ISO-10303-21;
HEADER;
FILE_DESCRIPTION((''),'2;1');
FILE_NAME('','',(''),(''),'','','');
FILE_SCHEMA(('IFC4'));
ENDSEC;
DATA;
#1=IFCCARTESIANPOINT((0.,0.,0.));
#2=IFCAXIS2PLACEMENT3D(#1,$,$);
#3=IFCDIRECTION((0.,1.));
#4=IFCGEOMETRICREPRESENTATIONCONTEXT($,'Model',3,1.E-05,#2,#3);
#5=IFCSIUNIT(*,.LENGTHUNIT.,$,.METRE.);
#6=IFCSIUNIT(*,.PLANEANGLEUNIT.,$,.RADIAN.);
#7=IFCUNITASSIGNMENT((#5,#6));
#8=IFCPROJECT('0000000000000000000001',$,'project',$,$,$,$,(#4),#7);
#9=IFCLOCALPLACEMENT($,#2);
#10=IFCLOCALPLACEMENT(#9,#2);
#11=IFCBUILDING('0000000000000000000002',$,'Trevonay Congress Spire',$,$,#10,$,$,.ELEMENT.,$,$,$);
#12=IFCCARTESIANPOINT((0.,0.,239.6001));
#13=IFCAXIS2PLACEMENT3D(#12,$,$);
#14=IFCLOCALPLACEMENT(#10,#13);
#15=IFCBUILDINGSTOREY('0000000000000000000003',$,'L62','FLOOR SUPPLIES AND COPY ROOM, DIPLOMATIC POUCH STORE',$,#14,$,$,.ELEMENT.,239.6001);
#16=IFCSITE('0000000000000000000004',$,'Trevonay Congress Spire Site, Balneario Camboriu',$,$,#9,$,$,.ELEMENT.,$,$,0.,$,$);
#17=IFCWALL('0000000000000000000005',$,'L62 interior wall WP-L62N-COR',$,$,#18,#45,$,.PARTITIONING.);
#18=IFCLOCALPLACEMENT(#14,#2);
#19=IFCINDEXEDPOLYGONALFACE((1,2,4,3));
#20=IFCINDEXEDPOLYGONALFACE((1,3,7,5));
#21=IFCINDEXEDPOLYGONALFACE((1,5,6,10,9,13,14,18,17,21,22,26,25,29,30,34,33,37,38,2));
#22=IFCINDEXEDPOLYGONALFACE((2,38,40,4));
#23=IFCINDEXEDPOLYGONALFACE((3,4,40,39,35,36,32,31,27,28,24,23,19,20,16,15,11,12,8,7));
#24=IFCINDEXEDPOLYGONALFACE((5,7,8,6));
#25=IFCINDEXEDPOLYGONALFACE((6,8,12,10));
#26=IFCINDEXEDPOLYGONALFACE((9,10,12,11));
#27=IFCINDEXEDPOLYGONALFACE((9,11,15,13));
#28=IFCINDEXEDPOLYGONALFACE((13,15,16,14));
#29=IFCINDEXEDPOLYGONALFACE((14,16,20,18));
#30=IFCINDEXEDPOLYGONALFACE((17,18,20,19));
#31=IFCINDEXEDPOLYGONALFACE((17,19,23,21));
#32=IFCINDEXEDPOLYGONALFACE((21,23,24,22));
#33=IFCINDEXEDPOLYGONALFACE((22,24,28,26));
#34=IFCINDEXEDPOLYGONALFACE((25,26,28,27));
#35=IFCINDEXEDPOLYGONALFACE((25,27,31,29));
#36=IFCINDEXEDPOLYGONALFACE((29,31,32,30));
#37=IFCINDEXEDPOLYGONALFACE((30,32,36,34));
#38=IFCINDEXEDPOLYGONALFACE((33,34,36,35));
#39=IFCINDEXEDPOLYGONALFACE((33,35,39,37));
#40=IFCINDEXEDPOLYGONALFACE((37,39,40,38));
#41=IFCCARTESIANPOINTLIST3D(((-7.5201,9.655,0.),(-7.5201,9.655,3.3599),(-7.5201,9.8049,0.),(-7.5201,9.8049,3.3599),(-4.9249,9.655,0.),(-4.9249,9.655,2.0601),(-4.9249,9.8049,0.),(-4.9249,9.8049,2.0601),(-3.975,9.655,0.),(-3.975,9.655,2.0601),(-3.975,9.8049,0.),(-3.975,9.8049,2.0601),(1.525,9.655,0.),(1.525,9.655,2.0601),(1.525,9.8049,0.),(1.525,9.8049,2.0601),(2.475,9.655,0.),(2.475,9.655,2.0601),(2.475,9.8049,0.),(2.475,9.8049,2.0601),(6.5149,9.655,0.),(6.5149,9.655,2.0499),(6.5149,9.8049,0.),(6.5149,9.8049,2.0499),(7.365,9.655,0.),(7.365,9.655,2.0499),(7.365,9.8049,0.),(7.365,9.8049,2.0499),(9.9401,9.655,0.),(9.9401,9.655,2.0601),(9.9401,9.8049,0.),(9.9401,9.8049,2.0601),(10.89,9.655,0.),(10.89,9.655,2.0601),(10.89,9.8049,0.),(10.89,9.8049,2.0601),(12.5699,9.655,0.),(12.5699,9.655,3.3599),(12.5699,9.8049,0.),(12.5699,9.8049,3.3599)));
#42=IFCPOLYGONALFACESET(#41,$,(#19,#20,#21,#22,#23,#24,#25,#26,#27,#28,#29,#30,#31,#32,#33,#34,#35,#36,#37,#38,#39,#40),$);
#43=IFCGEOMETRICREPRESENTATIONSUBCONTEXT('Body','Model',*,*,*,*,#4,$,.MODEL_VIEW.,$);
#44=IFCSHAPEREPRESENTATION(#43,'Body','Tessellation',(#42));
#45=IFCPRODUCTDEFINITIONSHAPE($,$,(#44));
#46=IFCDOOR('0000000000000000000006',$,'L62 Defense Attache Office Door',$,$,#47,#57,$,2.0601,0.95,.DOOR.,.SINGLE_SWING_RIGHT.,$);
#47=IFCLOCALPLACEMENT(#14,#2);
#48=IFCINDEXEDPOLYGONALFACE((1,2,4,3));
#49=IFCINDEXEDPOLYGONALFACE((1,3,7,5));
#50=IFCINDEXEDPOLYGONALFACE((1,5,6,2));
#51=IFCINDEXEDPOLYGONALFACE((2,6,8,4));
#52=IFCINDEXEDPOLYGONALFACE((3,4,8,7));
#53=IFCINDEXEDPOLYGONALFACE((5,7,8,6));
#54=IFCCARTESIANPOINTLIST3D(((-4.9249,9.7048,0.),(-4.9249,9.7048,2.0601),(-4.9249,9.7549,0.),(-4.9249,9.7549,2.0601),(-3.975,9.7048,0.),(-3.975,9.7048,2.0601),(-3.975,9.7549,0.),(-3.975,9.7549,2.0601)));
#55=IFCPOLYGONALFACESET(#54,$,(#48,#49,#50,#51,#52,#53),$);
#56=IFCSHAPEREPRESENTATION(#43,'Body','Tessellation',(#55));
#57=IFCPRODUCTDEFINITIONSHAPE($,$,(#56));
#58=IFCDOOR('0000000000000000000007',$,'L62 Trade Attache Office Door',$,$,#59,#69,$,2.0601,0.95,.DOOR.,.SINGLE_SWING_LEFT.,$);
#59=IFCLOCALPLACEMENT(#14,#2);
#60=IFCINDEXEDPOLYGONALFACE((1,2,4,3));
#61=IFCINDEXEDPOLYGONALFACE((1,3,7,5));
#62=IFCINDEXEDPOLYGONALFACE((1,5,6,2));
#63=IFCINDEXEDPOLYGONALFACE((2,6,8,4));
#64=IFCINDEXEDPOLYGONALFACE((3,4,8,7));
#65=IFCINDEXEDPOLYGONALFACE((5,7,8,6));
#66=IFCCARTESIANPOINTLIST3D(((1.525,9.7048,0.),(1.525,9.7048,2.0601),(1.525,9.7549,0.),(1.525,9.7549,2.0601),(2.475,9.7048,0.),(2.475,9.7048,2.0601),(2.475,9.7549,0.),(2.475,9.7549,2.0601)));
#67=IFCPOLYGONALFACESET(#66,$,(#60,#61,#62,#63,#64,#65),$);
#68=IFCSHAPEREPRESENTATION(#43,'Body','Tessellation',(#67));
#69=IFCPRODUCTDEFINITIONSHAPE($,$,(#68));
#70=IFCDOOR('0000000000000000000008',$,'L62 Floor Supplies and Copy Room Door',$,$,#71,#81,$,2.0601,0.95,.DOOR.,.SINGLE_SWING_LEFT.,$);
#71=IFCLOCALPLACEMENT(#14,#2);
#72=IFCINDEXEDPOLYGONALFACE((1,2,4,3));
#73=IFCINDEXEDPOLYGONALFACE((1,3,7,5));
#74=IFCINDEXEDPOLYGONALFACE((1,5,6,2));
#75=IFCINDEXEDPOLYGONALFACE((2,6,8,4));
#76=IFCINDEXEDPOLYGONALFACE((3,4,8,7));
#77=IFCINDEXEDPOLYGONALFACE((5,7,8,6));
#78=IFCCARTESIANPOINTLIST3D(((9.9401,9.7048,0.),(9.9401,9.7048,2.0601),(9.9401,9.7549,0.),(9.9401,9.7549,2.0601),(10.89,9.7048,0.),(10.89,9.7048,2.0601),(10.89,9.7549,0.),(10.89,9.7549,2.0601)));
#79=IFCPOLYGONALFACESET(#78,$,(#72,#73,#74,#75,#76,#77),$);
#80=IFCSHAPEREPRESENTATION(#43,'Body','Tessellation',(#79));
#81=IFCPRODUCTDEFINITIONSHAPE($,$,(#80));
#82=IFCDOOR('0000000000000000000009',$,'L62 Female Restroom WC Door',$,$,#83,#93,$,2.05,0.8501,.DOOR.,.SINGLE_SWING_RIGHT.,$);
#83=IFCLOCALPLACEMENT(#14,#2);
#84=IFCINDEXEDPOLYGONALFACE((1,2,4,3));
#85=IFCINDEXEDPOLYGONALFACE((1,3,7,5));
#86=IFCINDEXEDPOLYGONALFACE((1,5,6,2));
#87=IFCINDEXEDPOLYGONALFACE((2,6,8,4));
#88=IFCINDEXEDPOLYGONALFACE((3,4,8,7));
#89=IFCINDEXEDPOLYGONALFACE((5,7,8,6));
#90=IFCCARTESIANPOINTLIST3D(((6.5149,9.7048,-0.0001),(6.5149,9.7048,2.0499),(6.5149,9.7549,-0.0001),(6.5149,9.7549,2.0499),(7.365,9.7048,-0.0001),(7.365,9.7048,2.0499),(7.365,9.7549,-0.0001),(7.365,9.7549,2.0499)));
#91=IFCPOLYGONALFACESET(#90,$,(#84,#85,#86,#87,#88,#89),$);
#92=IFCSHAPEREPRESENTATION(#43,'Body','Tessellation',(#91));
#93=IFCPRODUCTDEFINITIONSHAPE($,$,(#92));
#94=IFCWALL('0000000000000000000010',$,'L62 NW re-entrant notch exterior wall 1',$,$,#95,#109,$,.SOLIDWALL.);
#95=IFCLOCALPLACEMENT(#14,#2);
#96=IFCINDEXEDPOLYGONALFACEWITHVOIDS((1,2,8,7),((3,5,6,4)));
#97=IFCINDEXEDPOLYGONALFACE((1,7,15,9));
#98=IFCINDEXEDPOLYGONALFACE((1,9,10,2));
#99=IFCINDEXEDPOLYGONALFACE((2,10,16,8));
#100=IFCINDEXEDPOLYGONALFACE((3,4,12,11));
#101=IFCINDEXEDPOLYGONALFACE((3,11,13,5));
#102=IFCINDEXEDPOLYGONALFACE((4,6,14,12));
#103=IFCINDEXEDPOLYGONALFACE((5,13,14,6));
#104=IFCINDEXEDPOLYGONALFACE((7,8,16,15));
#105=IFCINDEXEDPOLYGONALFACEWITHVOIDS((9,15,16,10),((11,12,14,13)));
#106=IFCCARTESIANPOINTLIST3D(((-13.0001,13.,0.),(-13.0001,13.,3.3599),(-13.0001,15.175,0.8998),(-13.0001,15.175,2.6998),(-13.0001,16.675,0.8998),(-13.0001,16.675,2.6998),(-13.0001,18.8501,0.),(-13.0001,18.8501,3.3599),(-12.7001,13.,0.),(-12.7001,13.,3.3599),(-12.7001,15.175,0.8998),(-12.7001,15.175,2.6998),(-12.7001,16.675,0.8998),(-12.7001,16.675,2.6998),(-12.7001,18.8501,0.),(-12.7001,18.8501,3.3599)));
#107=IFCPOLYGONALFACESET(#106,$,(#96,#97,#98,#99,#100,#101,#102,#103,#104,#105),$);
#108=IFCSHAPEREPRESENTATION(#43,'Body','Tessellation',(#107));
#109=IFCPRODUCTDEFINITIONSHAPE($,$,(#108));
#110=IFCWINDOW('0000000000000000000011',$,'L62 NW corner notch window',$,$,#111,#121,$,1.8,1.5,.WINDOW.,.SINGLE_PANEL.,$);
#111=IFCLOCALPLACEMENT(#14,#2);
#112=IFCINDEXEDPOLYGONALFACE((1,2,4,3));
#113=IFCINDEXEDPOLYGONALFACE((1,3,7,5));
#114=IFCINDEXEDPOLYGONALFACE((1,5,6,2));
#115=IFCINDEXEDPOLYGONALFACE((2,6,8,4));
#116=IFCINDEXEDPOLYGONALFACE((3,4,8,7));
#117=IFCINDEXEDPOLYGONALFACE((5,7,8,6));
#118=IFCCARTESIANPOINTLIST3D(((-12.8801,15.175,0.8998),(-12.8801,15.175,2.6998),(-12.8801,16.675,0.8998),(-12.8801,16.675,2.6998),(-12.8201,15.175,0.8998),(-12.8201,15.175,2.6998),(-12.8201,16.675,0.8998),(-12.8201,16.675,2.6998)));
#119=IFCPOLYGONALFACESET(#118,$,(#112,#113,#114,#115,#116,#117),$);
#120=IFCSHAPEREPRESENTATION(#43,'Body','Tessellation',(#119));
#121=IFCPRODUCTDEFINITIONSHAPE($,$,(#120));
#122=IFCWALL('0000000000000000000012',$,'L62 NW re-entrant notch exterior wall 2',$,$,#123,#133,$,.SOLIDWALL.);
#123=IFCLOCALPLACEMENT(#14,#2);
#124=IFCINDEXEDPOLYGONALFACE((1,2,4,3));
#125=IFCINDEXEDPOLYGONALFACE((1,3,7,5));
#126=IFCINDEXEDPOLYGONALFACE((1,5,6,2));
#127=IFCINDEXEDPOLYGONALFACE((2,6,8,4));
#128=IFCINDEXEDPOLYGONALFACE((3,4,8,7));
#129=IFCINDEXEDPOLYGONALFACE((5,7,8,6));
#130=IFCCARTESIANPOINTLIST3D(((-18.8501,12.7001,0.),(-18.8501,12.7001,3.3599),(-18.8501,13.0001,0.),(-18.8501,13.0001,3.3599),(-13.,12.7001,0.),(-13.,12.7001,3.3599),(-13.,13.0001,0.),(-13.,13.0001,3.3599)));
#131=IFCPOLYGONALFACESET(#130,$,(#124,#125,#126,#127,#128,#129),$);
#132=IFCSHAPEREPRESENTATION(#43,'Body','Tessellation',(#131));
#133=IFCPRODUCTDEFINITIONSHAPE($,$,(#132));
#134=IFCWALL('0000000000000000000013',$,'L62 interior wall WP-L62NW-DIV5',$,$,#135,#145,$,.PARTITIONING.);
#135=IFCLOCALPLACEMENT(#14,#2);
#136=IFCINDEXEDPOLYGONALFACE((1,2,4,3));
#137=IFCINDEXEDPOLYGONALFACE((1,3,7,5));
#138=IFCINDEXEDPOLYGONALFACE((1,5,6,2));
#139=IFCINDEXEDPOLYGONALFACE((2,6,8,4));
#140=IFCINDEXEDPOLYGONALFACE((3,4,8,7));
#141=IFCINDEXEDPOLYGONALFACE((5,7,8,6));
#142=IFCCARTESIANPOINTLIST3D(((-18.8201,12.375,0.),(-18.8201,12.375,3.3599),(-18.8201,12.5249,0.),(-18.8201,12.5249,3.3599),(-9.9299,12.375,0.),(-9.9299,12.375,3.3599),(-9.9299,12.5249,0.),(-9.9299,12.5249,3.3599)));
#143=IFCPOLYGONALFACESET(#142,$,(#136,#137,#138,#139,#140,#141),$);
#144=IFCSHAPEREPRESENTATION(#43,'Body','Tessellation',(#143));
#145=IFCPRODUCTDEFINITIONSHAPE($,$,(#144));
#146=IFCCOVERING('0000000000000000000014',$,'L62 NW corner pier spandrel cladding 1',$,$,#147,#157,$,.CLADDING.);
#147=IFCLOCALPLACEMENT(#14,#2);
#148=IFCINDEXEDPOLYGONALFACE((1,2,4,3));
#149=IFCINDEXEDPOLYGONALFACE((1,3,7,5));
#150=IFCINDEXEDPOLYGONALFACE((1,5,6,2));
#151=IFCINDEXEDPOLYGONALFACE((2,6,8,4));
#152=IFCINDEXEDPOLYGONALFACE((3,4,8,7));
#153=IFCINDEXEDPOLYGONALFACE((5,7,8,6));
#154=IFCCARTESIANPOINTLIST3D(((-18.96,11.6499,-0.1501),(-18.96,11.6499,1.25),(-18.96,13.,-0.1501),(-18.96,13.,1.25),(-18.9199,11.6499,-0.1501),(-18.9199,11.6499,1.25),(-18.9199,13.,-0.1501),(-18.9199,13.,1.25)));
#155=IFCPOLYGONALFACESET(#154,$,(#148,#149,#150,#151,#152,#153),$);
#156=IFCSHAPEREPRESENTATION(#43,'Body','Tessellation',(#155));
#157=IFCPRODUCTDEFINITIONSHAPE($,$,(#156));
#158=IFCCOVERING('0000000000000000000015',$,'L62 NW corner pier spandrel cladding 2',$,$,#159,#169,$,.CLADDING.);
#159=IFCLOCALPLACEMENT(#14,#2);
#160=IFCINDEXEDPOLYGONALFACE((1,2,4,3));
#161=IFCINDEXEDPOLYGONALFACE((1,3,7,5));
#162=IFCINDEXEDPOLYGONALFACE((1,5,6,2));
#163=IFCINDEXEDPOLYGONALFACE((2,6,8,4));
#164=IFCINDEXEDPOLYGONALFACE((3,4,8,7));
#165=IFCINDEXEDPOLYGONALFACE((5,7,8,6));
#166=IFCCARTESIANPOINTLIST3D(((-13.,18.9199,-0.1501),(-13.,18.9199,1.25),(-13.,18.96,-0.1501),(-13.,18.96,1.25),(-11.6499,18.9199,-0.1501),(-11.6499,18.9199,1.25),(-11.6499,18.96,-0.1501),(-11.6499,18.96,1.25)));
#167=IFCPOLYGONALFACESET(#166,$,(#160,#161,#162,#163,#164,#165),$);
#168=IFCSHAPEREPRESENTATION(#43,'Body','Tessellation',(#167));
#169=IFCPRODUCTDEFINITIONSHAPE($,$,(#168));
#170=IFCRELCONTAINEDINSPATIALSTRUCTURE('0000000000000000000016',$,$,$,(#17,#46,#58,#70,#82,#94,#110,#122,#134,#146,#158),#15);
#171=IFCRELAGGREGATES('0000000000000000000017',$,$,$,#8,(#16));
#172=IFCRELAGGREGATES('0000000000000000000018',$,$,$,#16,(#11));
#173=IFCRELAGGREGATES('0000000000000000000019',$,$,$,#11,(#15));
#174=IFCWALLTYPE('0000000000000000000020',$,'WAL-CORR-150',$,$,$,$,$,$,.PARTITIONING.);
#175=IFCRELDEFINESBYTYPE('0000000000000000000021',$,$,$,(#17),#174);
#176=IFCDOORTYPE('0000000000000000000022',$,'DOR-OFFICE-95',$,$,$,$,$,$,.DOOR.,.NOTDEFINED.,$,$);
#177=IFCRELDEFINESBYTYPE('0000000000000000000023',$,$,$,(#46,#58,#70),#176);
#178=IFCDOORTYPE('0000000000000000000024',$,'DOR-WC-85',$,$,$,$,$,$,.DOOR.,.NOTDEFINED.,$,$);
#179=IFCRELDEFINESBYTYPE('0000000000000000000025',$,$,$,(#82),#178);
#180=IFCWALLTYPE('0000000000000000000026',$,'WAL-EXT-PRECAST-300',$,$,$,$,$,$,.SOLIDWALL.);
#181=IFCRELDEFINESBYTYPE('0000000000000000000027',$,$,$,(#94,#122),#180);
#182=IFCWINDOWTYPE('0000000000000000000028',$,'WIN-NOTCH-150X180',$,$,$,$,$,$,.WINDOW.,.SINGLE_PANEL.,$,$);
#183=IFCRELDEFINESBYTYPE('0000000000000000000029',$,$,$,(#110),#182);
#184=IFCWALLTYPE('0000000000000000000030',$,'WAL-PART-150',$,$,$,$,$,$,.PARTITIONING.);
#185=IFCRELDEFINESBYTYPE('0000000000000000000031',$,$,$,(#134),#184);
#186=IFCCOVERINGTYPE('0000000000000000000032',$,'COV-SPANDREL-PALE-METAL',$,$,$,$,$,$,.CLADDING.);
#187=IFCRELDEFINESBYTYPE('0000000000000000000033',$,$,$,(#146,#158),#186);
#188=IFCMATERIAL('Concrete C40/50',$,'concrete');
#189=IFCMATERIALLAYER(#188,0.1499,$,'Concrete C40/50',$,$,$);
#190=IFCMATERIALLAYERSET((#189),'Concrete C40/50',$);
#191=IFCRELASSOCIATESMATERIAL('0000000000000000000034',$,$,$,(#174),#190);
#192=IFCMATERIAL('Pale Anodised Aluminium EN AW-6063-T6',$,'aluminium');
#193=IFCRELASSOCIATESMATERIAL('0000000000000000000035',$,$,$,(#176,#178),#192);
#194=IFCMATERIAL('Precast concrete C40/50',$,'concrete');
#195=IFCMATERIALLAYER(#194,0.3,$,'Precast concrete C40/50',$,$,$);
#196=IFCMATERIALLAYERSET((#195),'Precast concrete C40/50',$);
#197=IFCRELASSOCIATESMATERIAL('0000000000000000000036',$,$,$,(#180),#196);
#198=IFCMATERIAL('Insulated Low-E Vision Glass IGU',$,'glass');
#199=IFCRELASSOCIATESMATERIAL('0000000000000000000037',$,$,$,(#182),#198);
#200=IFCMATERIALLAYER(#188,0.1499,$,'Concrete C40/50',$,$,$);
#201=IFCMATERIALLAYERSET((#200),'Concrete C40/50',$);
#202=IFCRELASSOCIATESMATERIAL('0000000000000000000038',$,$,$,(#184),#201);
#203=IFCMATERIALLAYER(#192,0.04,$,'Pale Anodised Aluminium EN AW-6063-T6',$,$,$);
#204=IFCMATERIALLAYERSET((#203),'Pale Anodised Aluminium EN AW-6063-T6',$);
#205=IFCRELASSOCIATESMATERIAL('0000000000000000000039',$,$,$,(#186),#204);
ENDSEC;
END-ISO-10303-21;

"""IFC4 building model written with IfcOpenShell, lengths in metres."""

from ifc_helpers import new_model, si_unit, direction, frame, frame_2d, origin, place, context, subcontext, project, spatial, rectangle, extrude, material, layer, layer_set, type_object, element, fill, save


model = new_model("IFC4")

# Units and contexts
model_context = context("Model", 3, precision=1e-05, world=origin(), true_north=direction((0.0, 1.0)))
body_context = subcontext(model_context, "Body", "Model", "MODEL_VIEW")
ifc_project = project(units=[si_unit("LENGTHUNIT", "METRE"), si_unit("PLANEANGLEUNIT", "RADIAN")], contexts=[model_context])

# Site, building, storey
site_placement = place(None, origin())
site = spatial("IfcSite", under=ifc_project, at=site_placement, Name="Trevonay Congress Spire Site, Balneario Camboriu", CompositionType="ELEMENT", RefElevation=0.0)
building_placement = place(site_placement, origin())
building = spatial("IfcBuilding", under=site, at=building_placement, Name="Trevonay Congress Spire", CompositionType="ELEMENT")
storey_placement = place(building_placement, frame((0.0, 0.0, 239.6001)))
storey = spatial("IfcBuildingStorey", under=building, at=storey_placement, Name="L62", Description="FLOOR SUPPLIES AND COPY ROOM, DIPLOMATIC POUCH STORE", CompositionType="ELEMENT", Elevation=239.6001)

# Shared definitions
ifc_material_1 = material(Name="Pale Anodised Aluminium EN AW-6063-T6", Category="aluminium")

# Shared definitions
ifc_material_2 = material(Name="Insulated Low-E Vision Glass IGU", Category="glass")

# Wall, openings, doors
ifc_material_3 = material(Name="Concrete C40/50", Category="concrete")
ifc_layer_1 = layer(ifc_material_3, 0.1499, Name="Concrete C40/50")
ifc_layer_set_1 = layer_set([ifc_layer_1], Name="Concrete C40/50")
wall_type_1 = type_object("IfcWallType", Name="WAL-CORR-150", PredefinedType="PARTITIONING", material=ifc_layer_set_1)
wall_1_placement = place(storey_placement, frame((-7.52, 9.73, 0.0), z_axis=(0.0, 0.0, 1.0), x_axis=(1.0, 0.0, 0.0)))
wall_1 = element("IfcWall", 1, at=wall_1_placement, inside=storey, type_object=wall_type_1, Name="L62 interior wall WP-L62N-COR", PredefinedType="PARTITIONING", context=body_context, shape_type="SweptSolid", body=[
    extrude(rectangle(XDim=20.0901, YDim=0.1499, at=frame_2d((10.0449, 0.0))), origin(), (0.0, 0.0, 1.0), 3.3599),
])
opening_1_placement = place(wall_1_placement, frame((2.595, 0.0, 0.0)))
opening_1 = element("IfcOpeningElement", 2, at=opening_1_placement, cuts=wall_1, PredefinedType="OPENING", context=body_context, shape_type="SweptSolid", body=[
    extrude(rectangle(XDim=0.95, YDim=2.0601, at=frame_2d((0.4751, 1.03))), frame((0.0, 0.085, 0.0), z_axis=(0.0, -1.0, 0.0), x_axis=(1.0, 0.0, 0.0)), (0.0, 0.0, 1.0), 0.1699),
])
opening_2_placement = place(wall_1_placement, frame((9.0449, 0.0, 0.0)))
opening_2 = element("IfcOpeningElement", 3, at=opening_2_placement, cuts=wall_1, PredefinedType="OPENING", context=body_context, shape_type="SweptSolid", body=[
    extrude(rectangle(XDim=0.95, YDim=2.0601, at=frame_2d((0.4751, 1.03))), frame((0.0, 0.085, 0.0), z_axis=(0.0, -1.0, 0.0), x_axis=(1.0, 0.0, 0.0)), (0.0, 0.0, 1.0), 0.1699),
])
opening_3_placement = place(wall_1_placement, frame((14.0349, 0.0, 0.0)))
opening_3 = element("IfcOpeningElement", 4, at=opening_3_placement, cuts=wall_1, PredefinedType="OPENING", context=body_context, shape_type="SweptSolid", body=[
    extrude(rectangle(XDim=0.8501, YDim=2.05, at=frame_2d((0.425, 1.0249))), frame((0.0, 0.085, 0.0), z_axis=(0.0, -1.0, 0.0), x_axis=(1.0, 0.0, 0.0)), (0.0, 0.0, 1.0), 0.1699),
])
opening_4_placement = place(wall_1_placement, frame((17.46, 0.0, 0.0)))
opening_4 = element("IfcOpeningElement", 5, at=opening_4_placement, cuts=wall_1, PredefinedType="OPENING", context=body_context, shape_type="SweptSolid", body=[
    extrude(rectangle(XDim=0.95, YDim=2.0601, at=frame_2d((0.4751, 1.03))), frame((0.0, 0.085, 0.0), z_axis=(0.0, -1.0, 0.0), x_axis=(1.0, 0.0, 0.0)), (0.0, 0.0, 1.0), 0.1699),
])
door_type_1 = type_object("IfcDoorType", Name="DOR-OFFICE-95", OperationType="NOTDEFINED", PredefinedType="DOOR", material=ifc_material_1)
door_1_placement = place(opening_1_placement, origin())
door_1 = element("IfcDoor", 6, at=door_1_placement, inside=storey, type_object=door_type_1, Name="L62 Defense Attache Office Door", OperationType="SINGLE_SWING_RIGHT", OverallHeight=2.0601, OverallWidth=0.95, PredefinedType="DOOR", context=body_context, shape_type="SweptSolid", body=[
    extrude(rectangle(XDim=0.95, YDim=2.0601, at=frame_2d((0.4751, 1.03))), frame((0.0, 0.0249, 0.0), z_axis=(0.0, -1.0, 0.0), x_axis=(1.0, 0.0, 0.0)), (0.0, 0.0, 1.0), 0.05),
])
fill(opening_1, door_1)
door_2_placement = place(opening_2_placement, origin())
door_2 = element("IfcDoor", 7, at=door_2_placement, inside=storey, type_object=door_type_1, Name="L62 Trade Attache Office Door", OperationType="SINGLE_SWING_LEFT", OverallHeight=2.0601, OverallWidth=0.95, PredefinedType="DOOR", context=body_context, shape_type="SweptSolid", body=[
    extrude(rectangle(XDim=0.95, YDim=2.0601, at=frame_2d((0.4751, 1.03))), frame((0.0, 0.0249, 0.0), z_axis=(0.0, -1.0, 0.0), x_axis=(1.0, 0.0, 0.0)), (0.0, 0.0, 1.0), 0.05),
])
fill(opening_2, door_2)
door_3_placement = place(opening_4_placement, origin())
door_3 = element("IfcDoor", 8, at=door_3_placement, inside=storey, type_object=door_type_1, Name="L62 Floor Supplies and Copy Room Door", OperationType="SINGLE_SWING_LEFT", OverallHeight=2.0601, OverallWidth=0.95, PredefinedType="DOOR", context=body_context, shape_type="SweptSolid", body=[
    extrude(rectangle(XDim=0.95, YDim=2.0601, at=frame_2d((0.4751, 1.03))), frame((0.0, 0.0249, 0.0), z_axis=(0.0, -1.0, 0.0), x_axis=(1.0, 0.0, 0.0)), (0.0, 0.0, 1.0), 0.05),
])
fill(opening_4, door_3)
door_type_2 = type_object("IfcDoorType", Name="DOR-WC-85", OperationType="NOTDEFINED", PredefinedType="DOOR", material=ifc_material_1)
door_4_placement = place(opening_3_placement, origin())
door_4 = element("IfcDoor", 9, at=door_4_placement, inside=storey, type_object=door_type_2, Name="L62 Female Restroom WC Door", OperationType="SINGLE_SWING_RIGHT", OverallHeight=2.05, OverallWidth=0.8501, PredefinedType="DOOR", context=body_context, shape_type="SweptSolid", body=[
    extrude(rectangle(XDim=0.8501, YDim=2.05, at=frame_2d((0.425, 1.0249))), frame((0.0, 0.0249, 0.0), z_axis=(0.0, -1.0, 0.0), x_axis=(1.0, 0.0, 0.0)), (0.0, 0.0, 1.0), 0.05),
])
fill(opening_3, door_4)

# Wall, opening, window
ifc_material_4 = material(Name="Precast concrete C40/50", Category="concrete")
ifc_layer_2 = layer(ifc_material_4, 0.3, Name="Precast concrete C40/50")
ifc_layer_set_2 = layer_set([ifc_layer_2], Name="Precast concrete C40/50")
wall_type_2 = type_object("IfcWallType", Name="WAL-EXT-PRECAST-300", PredefinedType="SOLIDWALL", material=ifc_layer_set_2)
wall_2_placement = place(storey_placement, frame((-12.8501, 18.8501, 0.0), z_axis=(0.0, 0.0, 1.0), x_axis=(0.0, -1.0, 0.0)))
wall_2 = element("IfcWall", 10, at=wall_2_placement, inside=storey, type_object=wall_type_2, Name="L62 NW re-entrant notch exterior wall 1", PredefinedType="SOLIDWALL", context=body_context, shape_type="SweptSolid", body=[
    extrude(rectangle(XDim=5.8501, YDim=0.3, at=frame_2d((2.925, 0.0))), origin(), (0.0, 0.0, 1.0), 3.3599),
])
opening_5_placement = place(wall_2_placement, frame((2.175, 0.0, 0.8999)))
opening_5 = element("IfcOpeningElement", 11, at=opening_5_placement, cuts=wall_2, PredefinedType="OPENING", context=body_context, shape_type="SweptSolid", body=[
    extrude(rectangle(XDim=1.5, YDim=1.8, at=frame_2d((0.75, 0.8999))), frame((0.0, 0.1602, 0.0), z_axis=(0.0, -1.0, 0.0), x_axis=(1.0, 0.0, 0.0)), (0.0, 0.0, 1.0), 0.3201),
])
window_type = type_object("IfcWindowType", Name="WIN-NOTCH-150X180", PartitioningType="SINGLE_PANEL", PredefinedType="WINDOW", material=ifc_material_2)
window_placement = place(opening_5_placement, origin())
window = element("IfcWindow", 12, at=window_placement, inside=storey, type_object=window_type, Name="L62 NW corner notch window", OverallHeight=1.8, OverallWidth=1.5, PartitioningType="SINGLE_PANEL", PredefinedType="WINDOW", context=body_context, shape_type="SweptSolid", body=[
    extrude(rectangle(XDim=1.5, YDim=1.8, at=frame_2d((0.75, 0.8999))), frame((0.0, 0.03, 0.0), z_axis=(0.0, -1.0, 0.0), x_axis=(1.0, 0.0, 0.0)), (0.0, 0.0, 1.0), 0.0601),
])
fill(opening_5, window)

# Walls
wall_3_placement = place(storey_placement, frame((-18.8501, 12.8501, 0.0), z_axis=(0.0, 0.0, 1.0), x_axis=(1.0, 0.0, 0.0)))
element("IfcWall", 13, at=wall_3_placement, inside=storey, type_object=wall_type_2, Name="L62 NW re-entrant notch exterior wall 2", PredefinedType="SOLIDWALL", context=body_context, shape_type="SweptSolid", body=[
    extrude(rectangle(XDim=5.8501, YDim=0.3, at=frame_2d((2.925, 0.0))), origin(), (0.0, 0.0, 1.0), 3.3599),
])
ifc_layer_3 = layer(ifc_material_3, 0.1499, Name="Concrete C40/50")
ifc_layer_set_3 = layer_set([ifc_layer_3], Name="Concrete C40/50")
wall_type_3 = type_object("IfcWallType", Name="WAL-PART-150", PredefinedType="PARTITIONING", material=ifc_layer_set_3)
wall_4_placement = place(storey_placement, frame((-18.8201, 12.45, 0.0), z_axis=(0.0, 0.0, 1.0), x_axis=(1.0, 0.0, 0.0)))
element("IfcWall", 14, at=wall_4_placement, inside=storey, type_object=wall_type_3, Name="L62 interior wall WP-L62NW-DIV5", PredefinedType="PARTITIONING", context=body_context, shape_type="SweptSolid", body=[
    extrude(rectangle(XDim=8.8901, YDim=0.1499, at=frame_2d((4.4451, 0.0))), origin(), (0.0, 0.0, 1.0), 3.3599),
])

# Coverings
ifc_layer_4 = layer(ifc_material_1, 0.04, Name="Pale Anodised Aluminium EN AW-6063-T6")
ifc_layer_set_4 = layer_set([ifc_layer_4], Name="Pale Anodised Aluminium EN AW-6063-T6")
covering_type = type_object("IfcCoveringType", Name="COV-SPANDREL-PALE-METAL", PredefinedType="CLADDING", material=ifc_layer_set_4)
for number, where, z_axis, x_axis, name in (
    (15, (-18.9399, 11.6499, -0.1501), (0.0, 0.0, 1.0), (0.0, 1.0, 0.0), "L62 NW corner pier spandrel cladding 1"),
    (16, (-11.6499, 18.9399, -0.1501), (0.0, 0.0, 1.0), (-1.0, 0.0, 0.0), "L62 NW corner pier spandrel cladding 2"),
):
    element("IfcCovering", number, at=place(storey_placement, frame(where, z_axis=z_axis, x_axis=x_axis)), inside=storey, type_object=covering_type, Name=name, PredefinedType="CLADDING", context=body_context, shape_type="SweptSolid", body=[
        extrude(rectangle(XDim=1.3501, YDim=0.04, at=frame_2d((0.675, 0.0))), origin(), (0.0, 0.0, 1.0), 1.4001),
    ])

save(model, "model.ifc")
